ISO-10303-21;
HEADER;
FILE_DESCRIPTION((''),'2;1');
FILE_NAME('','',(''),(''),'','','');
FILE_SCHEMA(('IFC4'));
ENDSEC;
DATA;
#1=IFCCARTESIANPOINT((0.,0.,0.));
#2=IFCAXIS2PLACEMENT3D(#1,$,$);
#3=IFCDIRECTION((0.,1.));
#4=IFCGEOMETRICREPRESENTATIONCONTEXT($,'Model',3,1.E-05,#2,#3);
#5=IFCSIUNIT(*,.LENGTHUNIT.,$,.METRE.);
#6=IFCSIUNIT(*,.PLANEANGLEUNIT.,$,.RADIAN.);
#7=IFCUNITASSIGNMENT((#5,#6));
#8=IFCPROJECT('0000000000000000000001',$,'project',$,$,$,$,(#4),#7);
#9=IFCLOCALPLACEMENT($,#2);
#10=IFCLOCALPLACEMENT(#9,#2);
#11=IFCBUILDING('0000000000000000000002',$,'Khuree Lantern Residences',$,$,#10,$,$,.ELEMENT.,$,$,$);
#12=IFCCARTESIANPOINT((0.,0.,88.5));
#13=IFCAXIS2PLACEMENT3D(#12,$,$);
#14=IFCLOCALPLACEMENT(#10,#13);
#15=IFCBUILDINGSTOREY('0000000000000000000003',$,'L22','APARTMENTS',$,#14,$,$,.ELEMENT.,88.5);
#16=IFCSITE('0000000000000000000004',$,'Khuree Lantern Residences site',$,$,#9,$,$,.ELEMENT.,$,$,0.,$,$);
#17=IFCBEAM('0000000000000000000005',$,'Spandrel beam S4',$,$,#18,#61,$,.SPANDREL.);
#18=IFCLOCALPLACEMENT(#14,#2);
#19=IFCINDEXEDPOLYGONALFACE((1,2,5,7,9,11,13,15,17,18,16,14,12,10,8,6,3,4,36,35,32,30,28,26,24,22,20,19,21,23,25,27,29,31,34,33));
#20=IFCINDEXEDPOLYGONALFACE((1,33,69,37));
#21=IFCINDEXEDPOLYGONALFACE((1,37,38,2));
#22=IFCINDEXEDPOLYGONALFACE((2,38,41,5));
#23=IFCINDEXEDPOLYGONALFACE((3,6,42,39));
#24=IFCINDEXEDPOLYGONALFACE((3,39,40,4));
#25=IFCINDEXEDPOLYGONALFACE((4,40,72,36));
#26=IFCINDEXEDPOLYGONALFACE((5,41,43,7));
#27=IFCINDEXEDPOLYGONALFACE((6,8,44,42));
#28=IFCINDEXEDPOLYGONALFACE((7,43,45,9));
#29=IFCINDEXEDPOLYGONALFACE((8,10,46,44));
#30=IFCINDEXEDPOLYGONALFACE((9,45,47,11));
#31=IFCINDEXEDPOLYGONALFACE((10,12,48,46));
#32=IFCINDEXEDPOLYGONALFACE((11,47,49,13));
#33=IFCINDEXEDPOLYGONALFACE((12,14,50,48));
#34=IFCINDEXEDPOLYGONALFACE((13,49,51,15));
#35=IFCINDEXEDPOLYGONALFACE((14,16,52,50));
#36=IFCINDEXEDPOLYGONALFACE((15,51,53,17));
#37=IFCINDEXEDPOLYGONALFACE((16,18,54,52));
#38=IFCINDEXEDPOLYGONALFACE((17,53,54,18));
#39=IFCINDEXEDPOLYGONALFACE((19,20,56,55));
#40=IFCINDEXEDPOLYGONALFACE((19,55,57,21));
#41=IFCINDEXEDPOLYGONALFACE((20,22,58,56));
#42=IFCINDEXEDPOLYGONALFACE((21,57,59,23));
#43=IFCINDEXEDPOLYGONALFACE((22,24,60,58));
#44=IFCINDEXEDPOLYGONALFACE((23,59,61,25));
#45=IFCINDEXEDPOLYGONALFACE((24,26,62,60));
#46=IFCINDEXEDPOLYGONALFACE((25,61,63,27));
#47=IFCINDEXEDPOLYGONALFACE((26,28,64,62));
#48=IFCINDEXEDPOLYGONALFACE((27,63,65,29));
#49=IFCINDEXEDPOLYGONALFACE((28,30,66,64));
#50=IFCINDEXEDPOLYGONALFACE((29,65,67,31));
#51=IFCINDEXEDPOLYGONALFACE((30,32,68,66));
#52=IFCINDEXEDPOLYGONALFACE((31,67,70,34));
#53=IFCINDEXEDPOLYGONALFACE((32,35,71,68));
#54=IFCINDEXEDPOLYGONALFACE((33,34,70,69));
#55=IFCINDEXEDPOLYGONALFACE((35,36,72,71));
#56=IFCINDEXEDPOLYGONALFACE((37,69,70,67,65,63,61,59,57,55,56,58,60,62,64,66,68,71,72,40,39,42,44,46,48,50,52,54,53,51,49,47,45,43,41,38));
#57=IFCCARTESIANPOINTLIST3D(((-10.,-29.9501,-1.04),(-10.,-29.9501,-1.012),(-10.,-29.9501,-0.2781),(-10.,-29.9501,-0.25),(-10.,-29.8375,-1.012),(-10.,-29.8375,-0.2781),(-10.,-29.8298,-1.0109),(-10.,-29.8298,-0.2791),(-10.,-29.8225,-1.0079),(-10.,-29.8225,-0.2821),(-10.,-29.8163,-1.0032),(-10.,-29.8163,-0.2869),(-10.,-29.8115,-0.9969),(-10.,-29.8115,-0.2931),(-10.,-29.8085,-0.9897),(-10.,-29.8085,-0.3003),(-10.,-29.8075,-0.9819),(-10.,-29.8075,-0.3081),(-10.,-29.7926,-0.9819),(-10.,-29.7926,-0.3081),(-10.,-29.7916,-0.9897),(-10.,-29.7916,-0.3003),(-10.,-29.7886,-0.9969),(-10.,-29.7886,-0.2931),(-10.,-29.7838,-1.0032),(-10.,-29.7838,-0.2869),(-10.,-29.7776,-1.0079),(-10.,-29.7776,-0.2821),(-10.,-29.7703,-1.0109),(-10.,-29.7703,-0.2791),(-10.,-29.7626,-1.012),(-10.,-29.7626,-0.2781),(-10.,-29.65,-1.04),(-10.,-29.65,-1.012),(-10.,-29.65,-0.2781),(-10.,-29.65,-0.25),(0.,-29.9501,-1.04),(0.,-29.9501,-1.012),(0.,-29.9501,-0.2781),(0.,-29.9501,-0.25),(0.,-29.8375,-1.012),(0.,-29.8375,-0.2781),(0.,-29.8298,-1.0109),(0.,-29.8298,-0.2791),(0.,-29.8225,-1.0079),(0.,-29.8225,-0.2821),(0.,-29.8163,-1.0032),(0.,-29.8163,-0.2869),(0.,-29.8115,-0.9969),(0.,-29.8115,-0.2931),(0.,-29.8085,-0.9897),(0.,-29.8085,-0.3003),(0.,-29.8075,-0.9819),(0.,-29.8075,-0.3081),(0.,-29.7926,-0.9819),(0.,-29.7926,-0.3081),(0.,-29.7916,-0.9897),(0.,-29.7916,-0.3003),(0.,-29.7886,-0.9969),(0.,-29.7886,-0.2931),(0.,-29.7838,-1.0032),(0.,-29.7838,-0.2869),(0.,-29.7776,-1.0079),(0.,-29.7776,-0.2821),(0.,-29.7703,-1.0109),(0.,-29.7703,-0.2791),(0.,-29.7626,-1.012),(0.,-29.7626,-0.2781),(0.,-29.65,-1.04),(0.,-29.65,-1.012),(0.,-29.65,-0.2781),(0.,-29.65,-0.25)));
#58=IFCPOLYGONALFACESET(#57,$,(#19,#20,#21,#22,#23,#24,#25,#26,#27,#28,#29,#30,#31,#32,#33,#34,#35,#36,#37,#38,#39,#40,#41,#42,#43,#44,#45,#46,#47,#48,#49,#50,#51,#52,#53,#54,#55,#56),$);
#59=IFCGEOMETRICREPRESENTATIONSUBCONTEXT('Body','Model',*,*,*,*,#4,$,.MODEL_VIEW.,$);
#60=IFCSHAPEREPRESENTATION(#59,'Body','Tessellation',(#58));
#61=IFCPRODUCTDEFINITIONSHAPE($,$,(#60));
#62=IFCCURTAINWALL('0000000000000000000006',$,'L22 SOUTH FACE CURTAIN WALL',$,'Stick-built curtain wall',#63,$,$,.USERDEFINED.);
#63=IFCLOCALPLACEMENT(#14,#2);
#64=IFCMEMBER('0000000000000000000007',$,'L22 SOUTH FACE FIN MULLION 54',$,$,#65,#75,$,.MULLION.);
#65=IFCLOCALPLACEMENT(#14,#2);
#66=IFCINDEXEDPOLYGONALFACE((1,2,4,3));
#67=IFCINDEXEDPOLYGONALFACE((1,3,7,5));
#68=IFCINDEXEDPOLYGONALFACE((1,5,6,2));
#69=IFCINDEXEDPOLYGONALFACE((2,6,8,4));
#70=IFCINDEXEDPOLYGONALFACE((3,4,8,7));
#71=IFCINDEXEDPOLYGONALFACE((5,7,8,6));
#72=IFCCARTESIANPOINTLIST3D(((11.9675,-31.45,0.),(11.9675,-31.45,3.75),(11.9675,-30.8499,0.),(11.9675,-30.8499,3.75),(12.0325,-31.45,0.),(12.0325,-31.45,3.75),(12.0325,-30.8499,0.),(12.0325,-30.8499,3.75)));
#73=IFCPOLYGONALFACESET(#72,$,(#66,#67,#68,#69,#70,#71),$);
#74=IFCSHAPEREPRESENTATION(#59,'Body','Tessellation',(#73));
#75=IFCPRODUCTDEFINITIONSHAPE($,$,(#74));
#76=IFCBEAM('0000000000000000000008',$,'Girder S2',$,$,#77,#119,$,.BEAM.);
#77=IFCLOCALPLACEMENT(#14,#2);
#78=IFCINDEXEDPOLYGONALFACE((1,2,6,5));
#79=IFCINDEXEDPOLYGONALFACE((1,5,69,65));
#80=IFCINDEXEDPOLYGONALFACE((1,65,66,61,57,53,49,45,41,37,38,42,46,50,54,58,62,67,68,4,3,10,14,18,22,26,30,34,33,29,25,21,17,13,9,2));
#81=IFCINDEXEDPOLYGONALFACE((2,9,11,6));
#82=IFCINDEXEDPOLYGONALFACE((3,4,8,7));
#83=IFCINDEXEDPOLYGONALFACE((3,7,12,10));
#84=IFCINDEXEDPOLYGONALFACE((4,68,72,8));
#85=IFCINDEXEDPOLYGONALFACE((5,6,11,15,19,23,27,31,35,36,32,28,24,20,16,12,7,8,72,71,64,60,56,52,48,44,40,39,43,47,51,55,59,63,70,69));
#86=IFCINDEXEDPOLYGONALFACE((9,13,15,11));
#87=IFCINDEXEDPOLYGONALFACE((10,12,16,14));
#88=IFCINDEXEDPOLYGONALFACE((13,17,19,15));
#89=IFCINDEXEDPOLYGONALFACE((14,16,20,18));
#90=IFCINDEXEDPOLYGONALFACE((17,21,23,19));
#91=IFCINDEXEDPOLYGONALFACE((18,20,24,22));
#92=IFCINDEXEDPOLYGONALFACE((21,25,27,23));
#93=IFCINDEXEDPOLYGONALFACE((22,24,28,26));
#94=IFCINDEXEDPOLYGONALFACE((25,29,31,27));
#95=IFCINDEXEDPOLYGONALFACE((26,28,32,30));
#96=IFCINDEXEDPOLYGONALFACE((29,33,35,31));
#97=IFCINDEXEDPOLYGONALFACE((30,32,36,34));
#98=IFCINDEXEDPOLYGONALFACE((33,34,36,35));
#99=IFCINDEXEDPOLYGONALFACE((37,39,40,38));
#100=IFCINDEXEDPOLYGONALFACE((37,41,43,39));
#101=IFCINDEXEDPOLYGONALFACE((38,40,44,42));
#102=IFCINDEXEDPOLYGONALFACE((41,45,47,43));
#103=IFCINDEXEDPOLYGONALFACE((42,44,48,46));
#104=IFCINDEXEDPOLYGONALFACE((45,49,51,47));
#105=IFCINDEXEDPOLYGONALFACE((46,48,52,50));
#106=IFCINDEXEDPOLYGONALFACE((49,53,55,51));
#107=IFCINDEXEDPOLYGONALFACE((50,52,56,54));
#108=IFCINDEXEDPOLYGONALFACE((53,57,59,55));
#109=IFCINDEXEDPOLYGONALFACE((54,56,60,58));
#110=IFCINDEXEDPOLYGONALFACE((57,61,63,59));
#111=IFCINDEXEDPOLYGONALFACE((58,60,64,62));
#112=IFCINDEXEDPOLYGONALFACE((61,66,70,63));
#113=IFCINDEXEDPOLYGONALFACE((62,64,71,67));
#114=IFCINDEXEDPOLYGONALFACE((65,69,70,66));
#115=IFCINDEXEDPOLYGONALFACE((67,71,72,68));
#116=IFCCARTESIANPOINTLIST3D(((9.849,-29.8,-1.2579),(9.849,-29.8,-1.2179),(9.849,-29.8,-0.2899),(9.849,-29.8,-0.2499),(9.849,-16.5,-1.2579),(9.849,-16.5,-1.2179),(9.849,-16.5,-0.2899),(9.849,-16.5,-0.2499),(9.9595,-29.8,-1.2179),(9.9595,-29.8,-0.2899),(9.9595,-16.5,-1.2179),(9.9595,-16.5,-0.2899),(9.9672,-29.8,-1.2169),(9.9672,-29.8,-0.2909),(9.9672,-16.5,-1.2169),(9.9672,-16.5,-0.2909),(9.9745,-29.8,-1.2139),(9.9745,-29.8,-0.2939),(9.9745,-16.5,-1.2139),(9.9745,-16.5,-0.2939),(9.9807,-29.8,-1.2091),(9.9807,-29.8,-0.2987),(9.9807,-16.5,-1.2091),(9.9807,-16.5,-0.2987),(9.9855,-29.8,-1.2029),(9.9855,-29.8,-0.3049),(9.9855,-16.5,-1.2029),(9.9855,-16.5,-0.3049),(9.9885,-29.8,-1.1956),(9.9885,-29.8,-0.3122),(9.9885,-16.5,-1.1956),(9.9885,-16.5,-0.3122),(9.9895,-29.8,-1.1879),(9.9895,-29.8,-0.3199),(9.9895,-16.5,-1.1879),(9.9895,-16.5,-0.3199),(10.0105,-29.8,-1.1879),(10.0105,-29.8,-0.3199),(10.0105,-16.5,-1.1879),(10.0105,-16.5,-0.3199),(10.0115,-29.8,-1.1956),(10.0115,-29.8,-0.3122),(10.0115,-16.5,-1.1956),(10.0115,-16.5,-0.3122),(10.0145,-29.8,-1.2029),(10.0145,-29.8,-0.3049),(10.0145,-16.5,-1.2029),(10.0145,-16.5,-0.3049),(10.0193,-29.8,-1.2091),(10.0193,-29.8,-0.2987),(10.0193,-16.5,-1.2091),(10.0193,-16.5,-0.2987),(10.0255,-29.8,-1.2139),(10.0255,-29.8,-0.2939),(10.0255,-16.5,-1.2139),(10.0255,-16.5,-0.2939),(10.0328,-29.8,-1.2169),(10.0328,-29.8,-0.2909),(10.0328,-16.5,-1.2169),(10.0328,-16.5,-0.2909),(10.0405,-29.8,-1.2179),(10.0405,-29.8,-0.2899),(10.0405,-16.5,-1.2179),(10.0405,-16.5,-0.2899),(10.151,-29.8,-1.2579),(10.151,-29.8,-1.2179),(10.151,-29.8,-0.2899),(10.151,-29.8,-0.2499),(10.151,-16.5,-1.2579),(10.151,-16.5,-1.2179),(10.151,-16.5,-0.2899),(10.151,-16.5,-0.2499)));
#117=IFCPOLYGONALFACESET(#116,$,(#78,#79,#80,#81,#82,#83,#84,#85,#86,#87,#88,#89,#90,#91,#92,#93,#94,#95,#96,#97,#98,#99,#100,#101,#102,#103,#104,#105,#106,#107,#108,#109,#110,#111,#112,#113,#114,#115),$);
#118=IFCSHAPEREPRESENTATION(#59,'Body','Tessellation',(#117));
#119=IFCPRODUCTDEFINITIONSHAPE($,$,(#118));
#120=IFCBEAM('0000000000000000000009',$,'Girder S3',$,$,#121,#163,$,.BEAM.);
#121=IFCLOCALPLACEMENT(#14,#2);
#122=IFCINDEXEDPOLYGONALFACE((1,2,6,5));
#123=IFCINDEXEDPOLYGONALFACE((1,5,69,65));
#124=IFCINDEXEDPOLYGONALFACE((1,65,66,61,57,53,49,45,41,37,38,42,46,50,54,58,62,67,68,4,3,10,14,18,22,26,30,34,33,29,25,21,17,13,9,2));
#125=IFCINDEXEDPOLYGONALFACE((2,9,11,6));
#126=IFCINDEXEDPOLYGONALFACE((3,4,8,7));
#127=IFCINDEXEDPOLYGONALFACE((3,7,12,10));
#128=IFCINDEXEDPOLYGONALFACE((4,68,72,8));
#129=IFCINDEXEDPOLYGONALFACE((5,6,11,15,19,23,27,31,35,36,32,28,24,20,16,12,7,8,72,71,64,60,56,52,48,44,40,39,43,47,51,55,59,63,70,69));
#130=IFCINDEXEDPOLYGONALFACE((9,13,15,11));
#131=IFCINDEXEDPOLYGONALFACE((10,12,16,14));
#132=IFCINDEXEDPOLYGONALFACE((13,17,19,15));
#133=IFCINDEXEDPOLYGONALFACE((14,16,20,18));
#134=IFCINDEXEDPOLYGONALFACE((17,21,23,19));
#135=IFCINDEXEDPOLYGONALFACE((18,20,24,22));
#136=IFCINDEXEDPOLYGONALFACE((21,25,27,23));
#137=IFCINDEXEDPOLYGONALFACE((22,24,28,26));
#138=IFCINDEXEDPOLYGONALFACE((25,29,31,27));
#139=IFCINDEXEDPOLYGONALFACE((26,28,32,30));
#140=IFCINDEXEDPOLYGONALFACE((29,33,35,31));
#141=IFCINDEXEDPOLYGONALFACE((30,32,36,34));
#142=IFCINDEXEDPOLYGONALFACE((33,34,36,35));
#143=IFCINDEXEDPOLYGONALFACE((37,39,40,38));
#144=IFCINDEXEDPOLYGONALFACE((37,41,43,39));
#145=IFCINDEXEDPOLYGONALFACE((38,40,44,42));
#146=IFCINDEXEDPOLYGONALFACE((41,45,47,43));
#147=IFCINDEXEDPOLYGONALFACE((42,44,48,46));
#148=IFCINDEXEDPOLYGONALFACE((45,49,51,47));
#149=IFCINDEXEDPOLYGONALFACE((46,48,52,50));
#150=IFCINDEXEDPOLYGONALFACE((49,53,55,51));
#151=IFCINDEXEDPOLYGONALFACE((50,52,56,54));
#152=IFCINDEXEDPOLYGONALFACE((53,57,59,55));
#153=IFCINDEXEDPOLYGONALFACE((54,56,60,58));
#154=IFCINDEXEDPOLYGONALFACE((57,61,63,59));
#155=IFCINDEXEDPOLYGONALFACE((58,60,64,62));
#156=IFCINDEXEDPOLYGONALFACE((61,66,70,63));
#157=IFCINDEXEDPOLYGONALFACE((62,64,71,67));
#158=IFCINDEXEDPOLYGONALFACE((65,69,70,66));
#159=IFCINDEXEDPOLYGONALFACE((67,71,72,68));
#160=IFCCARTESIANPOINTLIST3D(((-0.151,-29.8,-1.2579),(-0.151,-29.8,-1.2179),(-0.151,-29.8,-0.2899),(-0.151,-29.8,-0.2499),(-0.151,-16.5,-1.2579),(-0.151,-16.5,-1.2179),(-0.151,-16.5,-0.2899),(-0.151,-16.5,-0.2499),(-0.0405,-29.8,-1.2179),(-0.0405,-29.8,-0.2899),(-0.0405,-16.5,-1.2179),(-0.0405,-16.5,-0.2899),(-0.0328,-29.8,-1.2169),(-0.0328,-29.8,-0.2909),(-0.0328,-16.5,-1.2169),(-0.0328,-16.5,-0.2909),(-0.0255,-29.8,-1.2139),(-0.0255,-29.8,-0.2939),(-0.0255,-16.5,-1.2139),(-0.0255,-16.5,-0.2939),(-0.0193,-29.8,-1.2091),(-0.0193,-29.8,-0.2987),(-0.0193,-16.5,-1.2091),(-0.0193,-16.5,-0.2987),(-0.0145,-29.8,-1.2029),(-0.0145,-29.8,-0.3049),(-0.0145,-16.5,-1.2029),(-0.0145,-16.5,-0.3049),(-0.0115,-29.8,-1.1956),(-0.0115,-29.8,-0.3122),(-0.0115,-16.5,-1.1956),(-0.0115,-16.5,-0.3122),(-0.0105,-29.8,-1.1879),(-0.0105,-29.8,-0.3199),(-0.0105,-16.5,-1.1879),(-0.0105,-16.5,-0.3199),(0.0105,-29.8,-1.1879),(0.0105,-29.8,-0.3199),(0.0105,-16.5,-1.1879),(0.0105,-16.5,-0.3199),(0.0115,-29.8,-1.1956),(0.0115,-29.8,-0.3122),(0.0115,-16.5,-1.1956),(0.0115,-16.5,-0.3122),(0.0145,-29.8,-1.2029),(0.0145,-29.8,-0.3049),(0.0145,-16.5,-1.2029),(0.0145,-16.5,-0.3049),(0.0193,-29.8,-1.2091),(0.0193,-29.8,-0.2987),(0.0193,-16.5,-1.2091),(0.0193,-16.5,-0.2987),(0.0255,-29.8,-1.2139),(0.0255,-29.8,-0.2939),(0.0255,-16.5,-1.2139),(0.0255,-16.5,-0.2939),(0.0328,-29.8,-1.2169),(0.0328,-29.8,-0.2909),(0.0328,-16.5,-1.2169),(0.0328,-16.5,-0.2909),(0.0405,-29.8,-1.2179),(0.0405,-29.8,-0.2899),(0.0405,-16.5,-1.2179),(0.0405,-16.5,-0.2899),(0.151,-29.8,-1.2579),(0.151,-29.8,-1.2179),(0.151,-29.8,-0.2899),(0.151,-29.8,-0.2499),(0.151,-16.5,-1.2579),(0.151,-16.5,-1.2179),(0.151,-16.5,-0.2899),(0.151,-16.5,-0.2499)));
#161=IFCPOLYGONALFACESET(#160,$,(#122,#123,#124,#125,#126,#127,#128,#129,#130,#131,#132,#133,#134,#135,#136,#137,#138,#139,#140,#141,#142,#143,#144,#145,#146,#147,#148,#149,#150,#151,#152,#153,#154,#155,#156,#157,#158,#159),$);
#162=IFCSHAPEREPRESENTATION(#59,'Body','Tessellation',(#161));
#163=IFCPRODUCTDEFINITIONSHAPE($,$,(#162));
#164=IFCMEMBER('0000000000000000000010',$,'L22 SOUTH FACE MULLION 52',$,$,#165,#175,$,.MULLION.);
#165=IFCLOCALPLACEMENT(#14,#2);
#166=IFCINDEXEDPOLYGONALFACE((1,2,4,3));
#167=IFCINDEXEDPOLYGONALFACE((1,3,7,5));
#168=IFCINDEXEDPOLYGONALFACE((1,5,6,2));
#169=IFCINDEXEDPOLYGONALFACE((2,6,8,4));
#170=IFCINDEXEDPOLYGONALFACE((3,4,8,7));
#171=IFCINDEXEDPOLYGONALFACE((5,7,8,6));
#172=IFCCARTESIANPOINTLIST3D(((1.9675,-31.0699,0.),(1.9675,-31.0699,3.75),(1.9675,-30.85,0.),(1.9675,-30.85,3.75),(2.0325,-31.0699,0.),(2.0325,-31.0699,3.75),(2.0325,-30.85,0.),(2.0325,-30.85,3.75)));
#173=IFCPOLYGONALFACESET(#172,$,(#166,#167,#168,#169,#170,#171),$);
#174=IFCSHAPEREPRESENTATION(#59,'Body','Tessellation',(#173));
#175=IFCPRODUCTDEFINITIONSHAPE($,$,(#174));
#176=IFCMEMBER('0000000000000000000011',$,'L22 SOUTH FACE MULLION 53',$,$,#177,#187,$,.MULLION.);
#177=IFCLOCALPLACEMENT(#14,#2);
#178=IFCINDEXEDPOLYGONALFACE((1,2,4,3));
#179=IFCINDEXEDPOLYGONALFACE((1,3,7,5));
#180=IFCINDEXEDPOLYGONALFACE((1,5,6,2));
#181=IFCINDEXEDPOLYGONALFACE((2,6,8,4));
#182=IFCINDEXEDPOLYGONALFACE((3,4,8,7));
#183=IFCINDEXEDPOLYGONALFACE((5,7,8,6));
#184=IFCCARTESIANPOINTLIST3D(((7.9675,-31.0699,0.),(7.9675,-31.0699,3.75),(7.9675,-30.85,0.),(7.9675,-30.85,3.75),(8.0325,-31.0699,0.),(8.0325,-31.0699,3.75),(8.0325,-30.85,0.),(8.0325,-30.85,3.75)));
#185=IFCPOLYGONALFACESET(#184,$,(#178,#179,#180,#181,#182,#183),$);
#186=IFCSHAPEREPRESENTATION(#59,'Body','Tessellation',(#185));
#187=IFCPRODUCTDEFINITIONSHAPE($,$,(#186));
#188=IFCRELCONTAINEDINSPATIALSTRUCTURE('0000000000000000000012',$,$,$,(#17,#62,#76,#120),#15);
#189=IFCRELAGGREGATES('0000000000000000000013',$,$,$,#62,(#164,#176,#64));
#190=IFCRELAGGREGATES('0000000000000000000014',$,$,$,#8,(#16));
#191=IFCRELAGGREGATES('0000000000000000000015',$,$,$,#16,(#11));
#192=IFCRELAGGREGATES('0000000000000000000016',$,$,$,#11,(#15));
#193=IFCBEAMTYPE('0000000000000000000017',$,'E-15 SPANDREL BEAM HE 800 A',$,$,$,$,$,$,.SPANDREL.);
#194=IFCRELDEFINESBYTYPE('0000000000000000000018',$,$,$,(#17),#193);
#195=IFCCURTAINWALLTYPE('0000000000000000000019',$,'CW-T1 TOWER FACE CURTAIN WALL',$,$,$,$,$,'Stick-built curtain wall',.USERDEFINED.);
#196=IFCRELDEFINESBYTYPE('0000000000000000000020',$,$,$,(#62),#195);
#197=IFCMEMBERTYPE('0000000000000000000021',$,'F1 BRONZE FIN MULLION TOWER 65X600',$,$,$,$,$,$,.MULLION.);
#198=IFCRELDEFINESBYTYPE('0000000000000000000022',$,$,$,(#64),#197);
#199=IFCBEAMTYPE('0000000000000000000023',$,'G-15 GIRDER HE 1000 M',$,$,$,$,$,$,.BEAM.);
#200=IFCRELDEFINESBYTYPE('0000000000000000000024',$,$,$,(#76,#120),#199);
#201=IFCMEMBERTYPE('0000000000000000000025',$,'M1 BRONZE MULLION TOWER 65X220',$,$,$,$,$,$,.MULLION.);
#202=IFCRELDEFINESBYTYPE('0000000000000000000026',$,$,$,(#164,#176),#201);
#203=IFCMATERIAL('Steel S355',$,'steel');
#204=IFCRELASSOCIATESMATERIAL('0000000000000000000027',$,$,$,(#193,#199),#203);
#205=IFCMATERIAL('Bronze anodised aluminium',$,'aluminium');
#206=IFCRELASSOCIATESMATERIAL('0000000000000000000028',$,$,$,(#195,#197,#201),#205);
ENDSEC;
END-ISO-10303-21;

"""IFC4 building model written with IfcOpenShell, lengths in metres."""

from ifc_helpers import new_model, si_unit, direction, frame, origin, origin_2d, place, context, subcontext, project, spatial, rectangle, i_section, extrude, material, material_profile, profile_set, type_object, element, aggregate, save


model = new_model("IFC4")

# Units and contexts
model_context = context("Model", 3, precision=1e-05, world=origin(), true_north=direction((0.0, 1.0)))
body_context = subcontext(model_context, "Body", "Model", "MODEL_VIEW")
ifc_project = project(units=[si_unit("LENGTHUNIT", "METRE"), si_unit("PLANEANGLEUNIT", "RADIAN")], contexts=[model_context])

# Site, building, storey
site_placement = place(None, origin())
site = spatial("IfcSite", under=ifc_project, at=site_placement, Name="Khuree Lantern Residences site", CompositionType="ELEMENT", RefElevation=0.0)
building_placement = place(site_placement, origin())
building = spatial("IfcBuilding", under=site, at=building_placement, Name="Khuree Lantern Residences", CompositionType="ELEMENT")
storey_placement = place(building_placement, frame((0.0, 0.0, 88.5)))
storey = spatial("IfcBuildingStorey", under=building, at=storey_placement, Name="L22", Description="APARTMENTS", CompositionType="ELEMENT", Elevation=88.5)

# Beam
ifc_material_1 = material(Name="Steel S355", Category="steel")
ifc_material_profile_1 = material_profile(ifc_material_1, i_section(OverallWidth=0.3, OverallDepth=0.79, WebThickness=0.0149, FlangeThickness=0.0281, FilletRadius=0.03, at=origin_2d()), Name="HE 800 A")
ifc_profile_set_1 = profile_set([ifc_material_profile_1], Name="Steel S355")
beam_type_1 = type_object("IfcBeamType", Name="E-15 SPANDREL BEAM HE 800 A", PredefinedType="SPANDREL", material=ifc_profile_set_1)
for number, where, z_axis, x_axis, name in (
    (1, (0.0, -29.8, -0.645), (-1.0, 0.0, 0.0), (0.0, -1.0, 0.0), "Spandrel beam S4"),
):
    element("IfcBeam", number, at=place(storey_placement, frame(where, z_axis=z_axis, x_axis=x_axis)), inside=storey, type_object=beam_type_1, Name=name, PredefinedType="SPANDREL", context=body_context, shape_type="SweptSolid", body=[
        extrude(i_section(OverallWidth=0.3, OverallDepth=0.79, WebThickness=0.0149, FlangeThickness=0.0281, FilletRadius=0.03, at=origin_2d()), origin(), (0.0, 0.0, 1.0), 10.0),
    ])

# Curtain wall, member
ifc_material_2 = material(Name="Bronze anodised aluminium", Category="aluminium")
curtain_wall_type = type_object("IfcCurtainWallType", Name="CW-T1 TOWER FACE CURTAIN WALL", ElementType="Stick-built curtain wall", PredefinedType="USERDEFINED", material=ifc_material_2)
curtain_wall_placement = place(storey_placement, origin())
curtain_wall = element("IfcCurtainWall", 2, at=curtain_wall_placement, inside=storey, type_object=curtain_wall_type, Name="L22 SOUTH FACE CURTAIN WALL", ObjectType="Stick-built curtain wall", PredefinedType="USERDEFINED")
ifc_material_profile_2 = material_profile(ifc_material_2, rectangle(XDim=0.0649, YDim=0.6001, at=origin_2d()), Name="F1 65X600")
ifc_profile_set_2 = profile_set([ifc_material_profile_2], Name="Bronze anodised aluminium")
member_type_1 = type_object("IfcMemberType", Name="F1 BRONZE FIN MULLION TOWER 65X600", PredefinedType="MULLION", material=ifc_profile_set_2)
member_1_placement = place(storey_placement, frame((12.0, -31.1499, 0.0), z_axis=(0.0, 0.0, 1.0), x_axis=(1.0, 0.0, 0.0)))
member_1 = element("IfcMember", 3, at=member_1_placement, type_object=member_type_1, Name="L22 SOUTH FACE FIN MULLION 54", PredefinedType="MULLION", context=body_context, shape_type="SweptSolid", body=[
    extrude(rectangle(XDim=0.0649, YDim=0.6001, at=origin_2d()), origin(), (0.0, 0.0, 1.0), 3.75),
])

# Beams
ifc_material_profile_3 = material_profile(ifc_material_1, i_section(OverallWidth=0.302, OverallDepth=1.0081, WebThickness=0.021, FlangeThickness=0.04, FilletRadius=0.03, at=origin_2d()), Name="HE 1000 M")
ifc_profile_set_3 = profile_set([ifc_material_profile_3], Name="Steel S355")
beam_type_2 = type_object("IfcBeamType", Name="G-15 GIRDER HE 1000 M", PredefinedType="BEAM", material=ifc_profile_set_3)
for number, where, z_axis, x_axis, name in (
    (4, (10.0, -29.8, -0.7539), (0.0, 1.0, 0.0), (-1.0, 0.0, 0.0), "Girder S2"),
    (5, (0.0, -29.8, -0.7539), (0.0, 1.0, 0.0), (-1.0, 0.0, 0.0), "Girder S3"),
):
    element("IfcBeam", number, at=place(storey_placement, frame(where, z_axis=z_axis, x_axis=x_axis)), inside=storey, type_object=beam_type_2, Name=name, PredefinedType="BEAM", context=body_context, shape_type="SweptSolid", body=[
        extrude(i_section(OverallWidth=0.302, OverallDepth=1.0081, WebThickness=0.021, FlangeThickness=0.04, FilletRadius=0.03, at=origin_2d()), origin(), (0.0, 0.0, 1.0), 13.3),
    ])

# Members
ifc_material_profile_4 = material_profile(ifc_material_2, rectangle(XDim=0.0649, YDim=0.22, at=origin_2d()), Name="M1 65X220")
ifc_profile_set_4 = profile_set([ifc_material_profile_4], Name="Bronze anodised aluminium")
member_type_2 = type_object("IfcMemberType", Name="M1 BRONZE MULLION TOWER 65X220", PredefinedType="MULLION", material=ifc_profile_set_4)
member_2_placement = place(storey_placement, frame((2.0, -30.96, 0.0), z_axis=(0.0, 0.0, 1.0), x_axis=(1.0, 0.0, 0.0)))
member_2 = element("IfcMember", 6, at=member_2_placement, type_object=member_type_2, Name="L22 SOUTH FACE MULLION 52", PredefinedType="MULLION", context=body_context, shape_type="SweptSolid", body=[
    extrude(rectangle(XDim=0.0649, YDim=0.22, at=origin_2d()), origin(), (0.0, 0.0, 1.0), 3.75),
])
member_3_placement = place(storey_placement, frame((8.0, -30.96, 0.0), z_axis=(0.0, 0.0, 1.0), x_axis=(1.0, 0.0, 0.0)))
member_3 = element("IfcMember", 7, at=member_3_placement, type_object=member_type_2, Name="L22 SOUTH FACE MULLION 53", PredefinedType="MULLION", context=body_context, shape_type="SweptSolid", body=[
    extrude(rectangle(XDim=0.0649, YDim=0.22, at=origin_2d()), origin(), (0.0, 0.0, 1.0), 3.75),
])

aggregate(curtain_wall, [member_2, member_3, member_1])

save(model, "model.ifc")
